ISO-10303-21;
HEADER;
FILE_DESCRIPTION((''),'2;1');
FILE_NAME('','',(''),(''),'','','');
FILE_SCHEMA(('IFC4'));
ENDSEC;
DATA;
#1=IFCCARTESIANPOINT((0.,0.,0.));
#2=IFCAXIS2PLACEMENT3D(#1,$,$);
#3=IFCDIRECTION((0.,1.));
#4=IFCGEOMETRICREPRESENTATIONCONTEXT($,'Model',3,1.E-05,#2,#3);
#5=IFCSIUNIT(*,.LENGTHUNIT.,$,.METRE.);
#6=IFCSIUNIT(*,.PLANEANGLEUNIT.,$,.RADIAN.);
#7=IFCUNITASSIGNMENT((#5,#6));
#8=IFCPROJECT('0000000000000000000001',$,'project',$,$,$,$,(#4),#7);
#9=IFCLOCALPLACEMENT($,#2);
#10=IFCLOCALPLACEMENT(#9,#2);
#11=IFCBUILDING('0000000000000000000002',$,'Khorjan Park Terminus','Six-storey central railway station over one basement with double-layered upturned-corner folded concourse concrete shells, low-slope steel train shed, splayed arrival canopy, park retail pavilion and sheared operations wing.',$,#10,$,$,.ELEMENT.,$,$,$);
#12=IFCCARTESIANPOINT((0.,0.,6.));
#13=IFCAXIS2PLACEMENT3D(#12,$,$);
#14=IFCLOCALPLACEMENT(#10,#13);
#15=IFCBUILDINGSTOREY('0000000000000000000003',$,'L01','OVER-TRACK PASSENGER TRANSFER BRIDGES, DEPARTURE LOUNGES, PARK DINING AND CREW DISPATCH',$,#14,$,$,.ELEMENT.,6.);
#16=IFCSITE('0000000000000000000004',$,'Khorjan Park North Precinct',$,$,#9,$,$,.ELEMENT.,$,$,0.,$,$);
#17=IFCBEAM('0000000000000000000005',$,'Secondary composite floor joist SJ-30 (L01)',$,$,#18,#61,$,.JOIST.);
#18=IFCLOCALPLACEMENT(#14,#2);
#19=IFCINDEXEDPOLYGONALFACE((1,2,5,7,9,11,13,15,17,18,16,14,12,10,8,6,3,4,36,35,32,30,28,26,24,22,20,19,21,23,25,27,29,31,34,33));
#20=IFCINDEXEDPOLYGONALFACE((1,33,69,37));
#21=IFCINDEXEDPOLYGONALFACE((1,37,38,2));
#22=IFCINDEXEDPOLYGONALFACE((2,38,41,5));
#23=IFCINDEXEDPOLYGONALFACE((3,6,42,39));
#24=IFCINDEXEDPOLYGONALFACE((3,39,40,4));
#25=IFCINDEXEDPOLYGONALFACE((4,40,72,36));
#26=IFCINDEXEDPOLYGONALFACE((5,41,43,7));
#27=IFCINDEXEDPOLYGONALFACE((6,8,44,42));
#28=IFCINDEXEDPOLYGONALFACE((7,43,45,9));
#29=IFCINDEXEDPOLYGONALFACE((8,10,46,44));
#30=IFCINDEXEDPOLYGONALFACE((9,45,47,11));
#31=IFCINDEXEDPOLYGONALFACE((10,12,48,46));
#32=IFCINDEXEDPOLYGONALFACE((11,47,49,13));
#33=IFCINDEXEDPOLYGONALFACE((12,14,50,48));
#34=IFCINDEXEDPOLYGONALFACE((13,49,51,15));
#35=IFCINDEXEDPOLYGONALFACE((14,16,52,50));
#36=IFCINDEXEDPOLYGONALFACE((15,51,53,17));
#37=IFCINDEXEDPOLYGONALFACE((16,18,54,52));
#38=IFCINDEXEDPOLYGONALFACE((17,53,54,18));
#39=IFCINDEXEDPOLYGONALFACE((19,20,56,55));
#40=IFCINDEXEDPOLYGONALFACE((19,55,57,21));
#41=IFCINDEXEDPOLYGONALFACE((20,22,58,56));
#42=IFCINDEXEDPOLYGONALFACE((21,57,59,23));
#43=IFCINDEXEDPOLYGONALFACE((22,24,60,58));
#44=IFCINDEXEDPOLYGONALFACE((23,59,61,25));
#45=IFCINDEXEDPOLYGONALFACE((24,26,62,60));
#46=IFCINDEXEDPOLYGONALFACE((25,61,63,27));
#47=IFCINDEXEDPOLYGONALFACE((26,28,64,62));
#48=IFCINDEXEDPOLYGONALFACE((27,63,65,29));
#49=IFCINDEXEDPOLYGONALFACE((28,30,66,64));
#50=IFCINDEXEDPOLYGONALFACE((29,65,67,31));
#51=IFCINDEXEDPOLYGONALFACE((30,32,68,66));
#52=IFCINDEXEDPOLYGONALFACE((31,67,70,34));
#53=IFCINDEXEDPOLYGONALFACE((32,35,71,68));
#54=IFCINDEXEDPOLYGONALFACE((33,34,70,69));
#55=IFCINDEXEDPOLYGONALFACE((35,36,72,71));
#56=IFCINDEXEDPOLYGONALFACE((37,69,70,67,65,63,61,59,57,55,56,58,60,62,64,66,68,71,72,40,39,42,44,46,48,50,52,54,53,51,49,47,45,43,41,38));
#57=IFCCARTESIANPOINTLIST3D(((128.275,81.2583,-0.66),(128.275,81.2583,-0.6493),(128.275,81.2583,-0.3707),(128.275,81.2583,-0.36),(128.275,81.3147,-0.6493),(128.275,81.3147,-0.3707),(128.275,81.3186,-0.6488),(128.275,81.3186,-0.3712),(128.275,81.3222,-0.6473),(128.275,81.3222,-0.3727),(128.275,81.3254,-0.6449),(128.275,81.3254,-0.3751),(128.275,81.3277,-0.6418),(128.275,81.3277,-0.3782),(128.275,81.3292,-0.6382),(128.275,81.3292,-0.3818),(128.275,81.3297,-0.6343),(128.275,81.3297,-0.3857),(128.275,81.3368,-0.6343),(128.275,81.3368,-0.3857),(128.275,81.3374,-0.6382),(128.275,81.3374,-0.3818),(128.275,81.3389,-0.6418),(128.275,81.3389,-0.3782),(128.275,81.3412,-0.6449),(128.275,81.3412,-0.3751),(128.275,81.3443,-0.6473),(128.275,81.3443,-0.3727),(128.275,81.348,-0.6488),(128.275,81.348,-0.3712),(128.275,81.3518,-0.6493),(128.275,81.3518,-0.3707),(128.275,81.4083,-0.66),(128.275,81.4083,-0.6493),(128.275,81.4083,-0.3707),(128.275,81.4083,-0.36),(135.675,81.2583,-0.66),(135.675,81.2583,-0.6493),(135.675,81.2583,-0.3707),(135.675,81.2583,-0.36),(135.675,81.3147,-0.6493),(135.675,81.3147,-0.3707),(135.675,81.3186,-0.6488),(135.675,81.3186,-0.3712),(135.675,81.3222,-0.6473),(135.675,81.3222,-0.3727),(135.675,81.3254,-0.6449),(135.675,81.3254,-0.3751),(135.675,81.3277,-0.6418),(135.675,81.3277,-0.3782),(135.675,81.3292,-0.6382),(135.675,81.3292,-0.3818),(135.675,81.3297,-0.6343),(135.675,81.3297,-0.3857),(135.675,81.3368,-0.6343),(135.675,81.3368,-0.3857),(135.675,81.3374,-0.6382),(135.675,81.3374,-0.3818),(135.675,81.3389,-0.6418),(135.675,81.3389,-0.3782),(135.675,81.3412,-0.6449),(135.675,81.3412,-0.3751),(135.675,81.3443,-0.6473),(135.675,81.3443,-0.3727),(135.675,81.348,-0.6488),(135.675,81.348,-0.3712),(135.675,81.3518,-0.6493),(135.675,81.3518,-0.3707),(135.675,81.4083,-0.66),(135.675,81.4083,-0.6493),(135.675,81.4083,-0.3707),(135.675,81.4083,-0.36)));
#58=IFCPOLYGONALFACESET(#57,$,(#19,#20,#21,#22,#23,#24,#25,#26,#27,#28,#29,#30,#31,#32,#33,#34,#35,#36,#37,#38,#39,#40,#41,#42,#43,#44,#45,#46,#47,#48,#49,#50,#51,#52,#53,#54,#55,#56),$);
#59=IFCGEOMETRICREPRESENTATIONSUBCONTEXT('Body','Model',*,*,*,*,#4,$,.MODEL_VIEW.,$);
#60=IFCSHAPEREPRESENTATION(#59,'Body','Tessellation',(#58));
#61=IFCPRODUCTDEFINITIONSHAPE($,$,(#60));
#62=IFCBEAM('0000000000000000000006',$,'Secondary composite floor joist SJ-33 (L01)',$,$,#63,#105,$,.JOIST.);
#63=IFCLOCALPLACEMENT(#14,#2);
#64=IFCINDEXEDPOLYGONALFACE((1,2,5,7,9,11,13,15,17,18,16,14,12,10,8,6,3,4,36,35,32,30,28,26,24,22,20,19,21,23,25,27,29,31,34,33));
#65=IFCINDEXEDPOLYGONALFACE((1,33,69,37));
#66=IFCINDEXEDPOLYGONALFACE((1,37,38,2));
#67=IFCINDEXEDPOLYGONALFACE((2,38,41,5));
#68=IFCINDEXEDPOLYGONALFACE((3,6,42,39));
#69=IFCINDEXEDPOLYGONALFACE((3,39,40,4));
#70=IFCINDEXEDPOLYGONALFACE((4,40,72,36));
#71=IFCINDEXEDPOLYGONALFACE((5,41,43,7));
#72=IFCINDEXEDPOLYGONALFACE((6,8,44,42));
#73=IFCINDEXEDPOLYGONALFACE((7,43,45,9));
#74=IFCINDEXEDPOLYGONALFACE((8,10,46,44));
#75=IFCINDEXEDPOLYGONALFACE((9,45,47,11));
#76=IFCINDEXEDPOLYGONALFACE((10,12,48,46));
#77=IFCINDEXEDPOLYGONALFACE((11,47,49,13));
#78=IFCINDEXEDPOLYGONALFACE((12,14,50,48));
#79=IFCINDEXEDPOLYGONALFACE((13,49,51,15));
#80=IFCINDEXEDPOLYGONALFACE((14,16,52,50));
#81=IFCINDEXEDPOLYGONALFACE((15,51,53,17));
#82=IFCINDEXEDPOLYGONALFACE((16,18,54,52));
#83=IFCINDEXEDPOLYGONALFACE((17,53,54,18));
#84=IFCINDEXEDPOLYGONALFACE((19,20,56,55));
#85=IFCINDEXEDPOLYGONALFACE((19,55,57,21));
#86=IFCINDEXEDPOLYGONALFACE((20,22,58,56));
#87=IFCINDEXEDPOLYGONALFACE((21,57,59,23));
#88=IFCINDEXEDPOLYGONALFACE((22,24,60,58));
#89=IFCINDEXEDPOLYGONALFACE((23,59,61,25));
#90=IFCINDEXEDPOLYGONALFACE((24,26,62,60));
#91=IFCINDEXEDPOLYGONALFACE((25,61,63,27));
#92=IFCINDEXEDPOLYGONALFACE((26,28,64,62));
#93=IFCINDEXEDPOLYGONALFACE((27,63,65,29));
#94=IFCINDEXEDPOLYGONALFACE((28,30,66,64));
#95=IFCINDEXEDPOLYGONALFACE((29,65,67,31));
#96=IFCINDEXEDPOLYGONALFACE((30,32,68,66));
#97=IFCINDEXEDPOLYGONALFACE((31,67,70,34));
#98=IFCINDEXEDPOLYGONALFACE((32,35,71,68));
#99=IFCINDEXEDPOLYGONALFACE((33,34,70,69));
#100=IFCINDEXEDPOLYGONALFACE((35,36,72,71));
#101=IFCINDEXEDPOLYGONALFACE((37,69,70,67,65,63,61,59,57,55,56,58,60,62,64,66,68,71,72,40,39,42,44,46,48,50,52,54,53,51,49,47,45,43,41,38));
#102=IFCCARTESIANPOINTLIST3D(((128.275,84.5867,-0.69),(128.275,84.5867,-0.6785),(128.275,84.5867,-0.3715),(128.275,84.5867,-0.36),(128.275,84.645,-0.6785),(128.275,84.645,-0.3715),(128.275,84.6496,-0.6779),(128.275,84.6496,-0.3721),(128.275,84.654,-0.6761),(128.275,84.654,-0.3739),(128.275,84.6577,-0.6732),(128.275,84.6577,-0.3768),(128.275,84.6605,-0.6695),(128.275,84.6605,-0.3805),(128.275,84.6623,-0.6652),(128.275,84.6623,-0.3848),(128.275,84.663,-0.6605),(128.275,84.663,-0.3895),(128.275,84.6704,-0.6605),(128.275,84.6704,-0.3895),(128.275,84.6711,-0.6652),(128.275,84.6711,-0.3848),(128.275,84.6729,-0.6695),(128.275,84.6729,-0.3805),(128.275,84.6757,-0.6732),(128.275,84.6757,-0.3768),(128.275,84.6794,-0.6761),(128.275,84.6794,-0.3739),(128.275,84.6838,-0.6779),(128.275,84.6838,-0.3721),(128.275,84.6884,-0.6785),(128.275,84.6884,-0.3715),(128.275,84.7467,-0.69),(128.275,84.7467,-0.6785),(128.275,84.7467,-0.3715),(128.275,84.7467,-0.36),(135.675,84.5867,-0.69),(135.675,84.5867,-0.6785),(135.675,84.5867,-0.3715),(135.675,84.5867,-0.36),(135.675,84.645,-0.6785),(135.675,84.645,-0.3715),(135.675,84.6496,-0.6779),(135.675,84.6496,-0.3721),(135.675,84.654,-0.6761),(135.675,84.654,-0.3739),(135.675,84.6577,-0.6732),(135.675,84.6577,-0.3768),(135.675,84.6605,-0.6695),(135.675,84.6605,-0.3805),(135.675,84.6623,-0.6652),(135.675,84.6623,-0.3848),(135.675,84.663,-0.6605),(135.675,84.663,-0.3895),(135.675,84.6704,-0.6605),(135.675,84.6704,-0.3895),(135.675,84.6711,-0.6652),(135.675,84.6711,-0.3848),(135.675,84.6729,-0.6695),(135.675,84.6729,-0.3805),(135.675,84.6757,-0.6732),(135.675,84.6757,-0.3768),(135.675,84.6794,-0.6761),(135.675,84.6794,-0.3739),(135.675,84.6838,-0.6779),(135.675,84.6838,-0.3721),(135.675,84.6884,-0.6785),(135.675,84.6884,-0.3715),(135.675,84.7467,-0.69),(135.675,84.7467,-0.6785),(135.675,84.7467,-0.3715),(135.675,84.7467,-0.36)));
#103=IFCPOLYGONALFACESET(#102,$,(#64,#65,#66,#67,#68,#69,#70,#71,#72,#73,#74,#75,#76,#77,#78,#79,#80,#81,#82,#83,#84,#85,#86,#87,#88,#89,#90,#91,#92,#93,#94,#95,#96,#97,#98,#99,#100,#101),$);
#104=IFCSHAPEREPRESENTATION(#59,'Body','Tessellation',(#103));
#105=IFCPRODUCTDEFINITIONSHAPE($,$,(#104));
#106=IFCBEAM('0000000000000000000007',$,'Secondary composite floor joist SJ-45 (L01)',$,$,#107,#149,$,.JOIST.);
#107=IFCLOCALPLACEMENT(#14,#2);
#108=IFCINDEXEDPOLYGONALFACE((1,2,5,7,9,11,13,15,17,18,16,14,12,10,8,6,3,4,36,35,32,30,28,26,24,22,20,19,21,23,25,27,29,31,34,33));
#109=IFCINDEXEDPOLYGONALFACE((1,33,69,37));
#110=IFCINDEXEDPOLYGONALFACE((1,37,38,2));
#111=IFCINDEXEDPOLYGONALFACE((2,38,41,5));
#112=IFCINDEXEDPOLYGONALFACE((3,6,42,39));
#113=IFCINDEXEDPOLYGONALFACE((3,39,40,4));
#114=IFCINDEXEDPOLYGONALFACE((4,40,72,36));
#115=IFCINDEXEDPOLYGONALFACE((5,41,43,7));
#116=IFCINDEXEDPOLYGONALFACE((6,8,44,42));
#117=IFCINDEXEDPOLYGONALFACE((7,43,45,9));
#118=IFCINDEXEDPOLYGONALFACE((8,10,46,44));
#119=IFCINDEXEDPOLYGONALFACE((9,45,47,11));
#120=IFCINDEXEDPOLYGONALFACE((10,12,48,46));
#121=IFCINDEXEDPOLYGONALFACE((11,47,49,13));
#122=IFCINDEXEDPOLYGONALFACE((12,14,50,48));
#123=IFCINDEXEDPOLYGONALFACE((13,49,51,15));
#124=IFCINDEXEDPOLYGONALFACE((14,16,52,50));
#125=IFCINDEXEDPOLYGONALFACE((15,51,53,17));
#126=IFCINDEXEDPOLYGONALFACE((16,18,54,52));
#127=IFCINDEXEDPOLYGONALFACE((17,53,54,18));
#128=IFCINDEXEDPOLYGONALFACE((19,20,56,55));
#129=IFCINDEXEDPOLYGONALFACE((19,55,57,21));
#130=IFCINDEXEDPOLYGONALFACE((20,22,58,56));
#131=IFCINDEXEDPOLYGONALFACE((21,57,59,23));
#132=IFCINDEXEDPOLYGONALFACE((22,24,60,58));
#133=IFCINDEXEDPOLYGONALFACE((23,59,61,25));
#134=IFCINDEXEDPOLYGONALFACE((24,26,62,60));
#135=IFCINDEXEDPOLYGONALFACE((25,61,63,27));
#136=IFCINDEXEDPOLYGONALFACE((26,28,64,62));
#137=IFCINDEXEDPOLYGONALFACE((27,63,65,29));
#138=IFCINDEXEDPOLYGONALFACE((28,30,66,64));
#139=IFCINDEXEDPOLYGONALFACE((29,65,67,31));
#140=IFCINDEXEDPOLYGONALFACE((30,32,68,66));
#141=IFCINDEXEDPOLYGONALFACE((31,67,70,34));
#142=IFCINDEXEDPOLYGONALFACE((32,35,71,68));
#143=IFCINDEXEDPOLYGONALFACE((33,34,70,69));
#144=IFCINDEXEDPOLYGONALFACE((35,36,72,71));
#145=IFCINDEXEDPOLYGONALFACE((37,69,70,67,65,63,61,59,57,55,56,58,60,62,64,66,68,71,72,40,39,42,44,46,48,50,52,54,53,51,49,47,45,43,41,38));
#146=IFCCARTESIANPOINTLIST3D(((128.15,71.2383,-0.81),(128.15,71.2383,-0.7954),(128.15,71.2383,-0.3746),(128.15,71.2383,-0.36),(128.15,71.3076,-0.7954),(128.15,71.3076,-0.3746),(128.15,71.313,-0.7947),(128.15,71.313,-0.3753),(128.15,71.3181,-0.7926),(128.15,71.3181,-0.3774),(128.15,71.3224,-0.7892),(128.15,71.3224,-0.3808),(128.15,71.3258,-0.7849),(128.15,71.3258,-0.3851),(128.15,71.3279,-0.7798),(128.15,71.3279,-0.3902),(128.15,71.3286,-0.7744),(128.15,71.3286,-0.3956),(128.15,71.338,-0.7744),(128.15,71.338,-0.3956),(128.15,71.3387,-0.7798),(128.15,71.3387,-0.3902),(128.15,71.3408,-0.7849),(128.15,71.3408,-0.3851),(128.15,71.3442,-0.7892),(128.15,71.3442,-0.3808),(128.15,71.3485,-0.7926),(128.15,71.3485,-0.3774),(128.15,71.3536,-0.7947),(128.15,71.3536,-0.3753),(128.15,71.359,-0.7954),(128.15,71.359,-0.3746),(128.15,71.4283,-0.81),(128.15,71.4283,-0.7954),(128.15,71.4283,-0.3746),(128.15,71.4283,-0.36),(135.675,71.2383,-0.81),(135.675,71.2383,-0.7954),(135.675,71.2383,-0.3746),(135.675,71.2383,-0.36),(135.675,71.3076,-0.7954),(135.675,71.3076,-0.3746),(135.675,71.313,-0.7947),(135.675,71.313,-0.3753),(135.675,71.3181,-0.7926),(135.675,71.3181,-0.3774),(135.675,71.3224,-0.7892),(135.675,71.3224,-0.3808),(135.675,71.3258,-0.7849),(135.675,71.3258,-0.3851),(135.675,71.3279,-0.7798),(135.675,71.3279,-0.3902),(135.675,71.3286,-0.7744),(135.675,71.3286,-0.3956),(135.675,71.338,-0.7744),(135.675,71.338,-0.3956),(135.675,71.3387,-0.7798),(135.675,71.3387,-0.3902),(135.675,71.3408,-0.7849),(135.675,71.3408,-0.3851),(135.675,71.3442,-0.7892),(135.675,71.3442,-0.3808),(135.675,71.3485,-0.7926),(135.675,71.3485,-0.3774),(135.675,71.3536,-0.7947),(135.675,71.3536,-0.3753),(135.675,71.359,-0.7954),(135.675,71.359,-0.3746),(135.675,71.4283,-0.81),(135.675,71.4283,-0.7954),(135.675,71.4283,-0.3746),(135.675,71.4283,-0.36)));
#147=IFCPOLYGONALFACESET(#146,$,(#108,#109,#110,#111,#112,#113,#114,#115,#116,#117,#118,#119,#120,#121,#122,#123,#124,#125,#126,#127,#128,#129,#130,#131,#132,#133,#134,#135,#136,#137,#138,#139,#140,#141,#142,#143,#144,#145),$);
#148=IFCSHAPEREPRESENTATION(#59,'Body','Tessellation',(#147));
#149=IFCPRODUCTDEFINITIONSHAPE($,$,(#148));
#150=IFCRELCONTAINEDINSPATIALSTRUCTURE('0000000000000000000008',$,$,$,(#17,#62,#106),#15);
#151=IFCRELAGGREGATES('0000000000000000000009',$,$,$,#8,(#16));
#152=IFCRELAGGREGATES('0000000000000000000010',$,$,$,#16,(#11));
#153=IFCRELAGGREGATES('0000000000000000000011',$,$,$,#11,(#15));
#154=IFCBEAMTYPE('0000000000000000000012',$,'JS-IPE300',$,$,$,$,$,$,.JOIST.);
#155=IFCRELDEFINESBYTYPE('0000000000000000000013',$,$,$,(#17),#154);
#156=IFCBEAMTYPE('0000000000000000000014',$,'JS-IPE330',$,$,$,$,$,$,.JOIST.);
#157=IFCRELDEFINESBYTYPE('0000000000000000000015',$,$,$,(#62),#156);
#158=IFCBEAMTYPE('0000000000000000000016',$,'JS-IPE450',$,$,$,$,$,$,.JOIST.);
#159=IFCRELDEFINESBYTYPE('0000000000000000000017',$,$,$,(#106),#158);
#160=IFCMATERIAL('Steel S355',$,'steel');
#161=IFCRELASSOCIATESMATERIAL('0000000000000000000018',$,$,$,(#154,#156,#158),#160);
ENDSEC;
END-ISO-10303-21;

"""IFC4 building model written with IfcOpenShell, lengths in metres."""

from ifc_helpers import new_model, si_unit, direction, frame, origin, origin_2d, place, context, subcontext, project, spatial, i_section, extrude, material, material_profile, profile_set, type_object, element, save


model = new_model("IFC4")

# Units and contexts
model_context = context("Model", 3, precision=1e-05, world=origin(), true_north=direction((0.0, 1.0)))
body_context = subcontext(model_context, "Body", "Model", "MODEL_VIEW")
ifc_project = project(units=[si_unit("LENGTHUNIT", "METRE"), si_unit("PLANEANGLEUNIT", "RADIAN")], contexts=[model_context])

# Site, building, storey
site_placement = place(None, origin())
site = spatial("IfcSite", under=ifc_project, at=site_placement, Name="Khorjan Park North Precinct", CompositionType="ELEMENT", RefElevation=0.0)
building_placement = place(site_placement, origin())
building = spatial("IfcBuilding", under=site, at=building_placement, Name="Khorjan Park Terminus", Description="Six-storey central railway station over one basement with double-layered upturned-corner folded concourse concrete shells, low-slope steel train shed, splayed arrival canopy, park retail pavilion and sheared operations wing.", CompositionType="ELEMENT")
storey_placement = place(building_placement, frame((0.0, 0.0, 6.0)))
storey = spatial("IfcBuildingStorey", under=building, at=storey_placement, Name="L01", Description="OVER-TRACK PASSENGER TRANSFER BRIDGES, DEPARTURE LOUNGES, PARK DINING AND CREW DISPATCH", CompositionType="ELEMENT", Elevation=6.0)

# Beams
ifc_material_1 = material(Name="Steel S355", Category="steel")
ifc_material_profile_1 = material_profile(ifc_material_1, i_section(OverallWidth=0.15, OverallDepth=0.3, WebThickness=0.0071, FlangeThickness=0.0107, FilletRadius=0.015, at=origin_2d()), Name="IPE 300")
ifc_profile_set_1 = profile_set([ifc_material_profile_1], Name="Steel S355")
beam_type_1 = type_object("IfcBeamType", Name="JS-IPE300", PredefinedType="JOIST", material=ifc_profile_set_1)
beam_1_placement = place(storey_placement, frame((128.275, 81.3333, -0.51), z_axis=(1.0, 0.0, 0.0), x_axis=(0.0, 1.0, 0.0)))
element("IfcBeam", 1, at=beam_1_placement, inside=storey, type_object=beam_type_1, Name="Secondary composite floor joist SJ-30 (L01)", PredefinedType="JOIST", context=body_context, shape_type="SweptSolid", body=[
    extrude(i_section(OverallWidth=0.15, OverallDepth=0.3, WebThickness=0.0071, FlangeThickness=0.0107, FilletRadius=0.015, at=origin_2d()), origin(), (0.0, 0.0, 1.0), 7.4),
])
ifc_material_profile_2 = material_profile(ifc_material_1, i_section(OverallWidth=0.16, OverallDepth=0.33, WebThickness=0.0075, FlangeThickness=0.0115, FilletRadius=0.018, at=origin_2d()), Name="IPE 330")
ifc_profile_set_2 = profile_set([ifc_material_profile_2], Name="Steel S355")
beam_type_2 = type_object("IfcBeamType", Name="JS-IPE330", PredefinedType="JOIST", material=ifc_profile_set_2)
beam_2_placement = place(storey_placement, frame((128.275, 84.6667, -0.525), z_axis=(1.0, 0.0, 0.0), x_axis=(0.0, 1.0, 0.0)))
element("IfcBeam", 2, at=beam_2_placement, inside=storey, type_object=beam_type_2, Name="Secondary composite floor joist SJ-33 (L01)", PredefinedType="JOIST", context=body_context, shape_type="SweptSolid", body=[
    extrude(i_section(OverallWidth=0.16, OverallDepth=0.33, WebThickness=0.0075, FlangeThickness=0.0115, FilletRadius=0.018, at=origin_2d()), origin(), (0.0, 0.0, 1.0), 7.4),
])
ifc_material_profile_3 = material_profile(ifc_material_1, i_section(OverallWidth=0.19, OverallDepth=0.45, WebThickness=0.0094, FlangeThickness=0.0146, FilletRadius=0.021, at=origin_2d()), Name="IPE 450")
ifc_profile_set_3 = profile_set([ifc_material_profile_3], Name="Steel S355")
beam_type_3 = type_object("IfcBeamType", Name="JS-IPE450", PredefinedType="JOIST", material=ifc_profile_set_3)
beam_3_placement = place(storey_placement, frame((128.15, 71.3333, -0.585), z_axis=(1.0, 0.0, 0.0), x_axis=(0.0, 1.0, 0.0)))
element("IfcBeam", 3, at=beam_3_placement, inside=storey, type_object=beam_type_3, Name="Secondary composite floor joist SJ-45 (L01)", PredefinedType="JOIST", context=body_context, shape_type="SweptSolid", body=[
    extrude(i_section(OverallWidth=0.19, OverallDepth=0.45, WebThickness=0.0094, FlangeThickness=0.0146, FilletRadius=0.021, at=origin_2d()), origin(), (0.0, 0.0, 1.0), 7.525),
])

save(model, "model.ifc")
